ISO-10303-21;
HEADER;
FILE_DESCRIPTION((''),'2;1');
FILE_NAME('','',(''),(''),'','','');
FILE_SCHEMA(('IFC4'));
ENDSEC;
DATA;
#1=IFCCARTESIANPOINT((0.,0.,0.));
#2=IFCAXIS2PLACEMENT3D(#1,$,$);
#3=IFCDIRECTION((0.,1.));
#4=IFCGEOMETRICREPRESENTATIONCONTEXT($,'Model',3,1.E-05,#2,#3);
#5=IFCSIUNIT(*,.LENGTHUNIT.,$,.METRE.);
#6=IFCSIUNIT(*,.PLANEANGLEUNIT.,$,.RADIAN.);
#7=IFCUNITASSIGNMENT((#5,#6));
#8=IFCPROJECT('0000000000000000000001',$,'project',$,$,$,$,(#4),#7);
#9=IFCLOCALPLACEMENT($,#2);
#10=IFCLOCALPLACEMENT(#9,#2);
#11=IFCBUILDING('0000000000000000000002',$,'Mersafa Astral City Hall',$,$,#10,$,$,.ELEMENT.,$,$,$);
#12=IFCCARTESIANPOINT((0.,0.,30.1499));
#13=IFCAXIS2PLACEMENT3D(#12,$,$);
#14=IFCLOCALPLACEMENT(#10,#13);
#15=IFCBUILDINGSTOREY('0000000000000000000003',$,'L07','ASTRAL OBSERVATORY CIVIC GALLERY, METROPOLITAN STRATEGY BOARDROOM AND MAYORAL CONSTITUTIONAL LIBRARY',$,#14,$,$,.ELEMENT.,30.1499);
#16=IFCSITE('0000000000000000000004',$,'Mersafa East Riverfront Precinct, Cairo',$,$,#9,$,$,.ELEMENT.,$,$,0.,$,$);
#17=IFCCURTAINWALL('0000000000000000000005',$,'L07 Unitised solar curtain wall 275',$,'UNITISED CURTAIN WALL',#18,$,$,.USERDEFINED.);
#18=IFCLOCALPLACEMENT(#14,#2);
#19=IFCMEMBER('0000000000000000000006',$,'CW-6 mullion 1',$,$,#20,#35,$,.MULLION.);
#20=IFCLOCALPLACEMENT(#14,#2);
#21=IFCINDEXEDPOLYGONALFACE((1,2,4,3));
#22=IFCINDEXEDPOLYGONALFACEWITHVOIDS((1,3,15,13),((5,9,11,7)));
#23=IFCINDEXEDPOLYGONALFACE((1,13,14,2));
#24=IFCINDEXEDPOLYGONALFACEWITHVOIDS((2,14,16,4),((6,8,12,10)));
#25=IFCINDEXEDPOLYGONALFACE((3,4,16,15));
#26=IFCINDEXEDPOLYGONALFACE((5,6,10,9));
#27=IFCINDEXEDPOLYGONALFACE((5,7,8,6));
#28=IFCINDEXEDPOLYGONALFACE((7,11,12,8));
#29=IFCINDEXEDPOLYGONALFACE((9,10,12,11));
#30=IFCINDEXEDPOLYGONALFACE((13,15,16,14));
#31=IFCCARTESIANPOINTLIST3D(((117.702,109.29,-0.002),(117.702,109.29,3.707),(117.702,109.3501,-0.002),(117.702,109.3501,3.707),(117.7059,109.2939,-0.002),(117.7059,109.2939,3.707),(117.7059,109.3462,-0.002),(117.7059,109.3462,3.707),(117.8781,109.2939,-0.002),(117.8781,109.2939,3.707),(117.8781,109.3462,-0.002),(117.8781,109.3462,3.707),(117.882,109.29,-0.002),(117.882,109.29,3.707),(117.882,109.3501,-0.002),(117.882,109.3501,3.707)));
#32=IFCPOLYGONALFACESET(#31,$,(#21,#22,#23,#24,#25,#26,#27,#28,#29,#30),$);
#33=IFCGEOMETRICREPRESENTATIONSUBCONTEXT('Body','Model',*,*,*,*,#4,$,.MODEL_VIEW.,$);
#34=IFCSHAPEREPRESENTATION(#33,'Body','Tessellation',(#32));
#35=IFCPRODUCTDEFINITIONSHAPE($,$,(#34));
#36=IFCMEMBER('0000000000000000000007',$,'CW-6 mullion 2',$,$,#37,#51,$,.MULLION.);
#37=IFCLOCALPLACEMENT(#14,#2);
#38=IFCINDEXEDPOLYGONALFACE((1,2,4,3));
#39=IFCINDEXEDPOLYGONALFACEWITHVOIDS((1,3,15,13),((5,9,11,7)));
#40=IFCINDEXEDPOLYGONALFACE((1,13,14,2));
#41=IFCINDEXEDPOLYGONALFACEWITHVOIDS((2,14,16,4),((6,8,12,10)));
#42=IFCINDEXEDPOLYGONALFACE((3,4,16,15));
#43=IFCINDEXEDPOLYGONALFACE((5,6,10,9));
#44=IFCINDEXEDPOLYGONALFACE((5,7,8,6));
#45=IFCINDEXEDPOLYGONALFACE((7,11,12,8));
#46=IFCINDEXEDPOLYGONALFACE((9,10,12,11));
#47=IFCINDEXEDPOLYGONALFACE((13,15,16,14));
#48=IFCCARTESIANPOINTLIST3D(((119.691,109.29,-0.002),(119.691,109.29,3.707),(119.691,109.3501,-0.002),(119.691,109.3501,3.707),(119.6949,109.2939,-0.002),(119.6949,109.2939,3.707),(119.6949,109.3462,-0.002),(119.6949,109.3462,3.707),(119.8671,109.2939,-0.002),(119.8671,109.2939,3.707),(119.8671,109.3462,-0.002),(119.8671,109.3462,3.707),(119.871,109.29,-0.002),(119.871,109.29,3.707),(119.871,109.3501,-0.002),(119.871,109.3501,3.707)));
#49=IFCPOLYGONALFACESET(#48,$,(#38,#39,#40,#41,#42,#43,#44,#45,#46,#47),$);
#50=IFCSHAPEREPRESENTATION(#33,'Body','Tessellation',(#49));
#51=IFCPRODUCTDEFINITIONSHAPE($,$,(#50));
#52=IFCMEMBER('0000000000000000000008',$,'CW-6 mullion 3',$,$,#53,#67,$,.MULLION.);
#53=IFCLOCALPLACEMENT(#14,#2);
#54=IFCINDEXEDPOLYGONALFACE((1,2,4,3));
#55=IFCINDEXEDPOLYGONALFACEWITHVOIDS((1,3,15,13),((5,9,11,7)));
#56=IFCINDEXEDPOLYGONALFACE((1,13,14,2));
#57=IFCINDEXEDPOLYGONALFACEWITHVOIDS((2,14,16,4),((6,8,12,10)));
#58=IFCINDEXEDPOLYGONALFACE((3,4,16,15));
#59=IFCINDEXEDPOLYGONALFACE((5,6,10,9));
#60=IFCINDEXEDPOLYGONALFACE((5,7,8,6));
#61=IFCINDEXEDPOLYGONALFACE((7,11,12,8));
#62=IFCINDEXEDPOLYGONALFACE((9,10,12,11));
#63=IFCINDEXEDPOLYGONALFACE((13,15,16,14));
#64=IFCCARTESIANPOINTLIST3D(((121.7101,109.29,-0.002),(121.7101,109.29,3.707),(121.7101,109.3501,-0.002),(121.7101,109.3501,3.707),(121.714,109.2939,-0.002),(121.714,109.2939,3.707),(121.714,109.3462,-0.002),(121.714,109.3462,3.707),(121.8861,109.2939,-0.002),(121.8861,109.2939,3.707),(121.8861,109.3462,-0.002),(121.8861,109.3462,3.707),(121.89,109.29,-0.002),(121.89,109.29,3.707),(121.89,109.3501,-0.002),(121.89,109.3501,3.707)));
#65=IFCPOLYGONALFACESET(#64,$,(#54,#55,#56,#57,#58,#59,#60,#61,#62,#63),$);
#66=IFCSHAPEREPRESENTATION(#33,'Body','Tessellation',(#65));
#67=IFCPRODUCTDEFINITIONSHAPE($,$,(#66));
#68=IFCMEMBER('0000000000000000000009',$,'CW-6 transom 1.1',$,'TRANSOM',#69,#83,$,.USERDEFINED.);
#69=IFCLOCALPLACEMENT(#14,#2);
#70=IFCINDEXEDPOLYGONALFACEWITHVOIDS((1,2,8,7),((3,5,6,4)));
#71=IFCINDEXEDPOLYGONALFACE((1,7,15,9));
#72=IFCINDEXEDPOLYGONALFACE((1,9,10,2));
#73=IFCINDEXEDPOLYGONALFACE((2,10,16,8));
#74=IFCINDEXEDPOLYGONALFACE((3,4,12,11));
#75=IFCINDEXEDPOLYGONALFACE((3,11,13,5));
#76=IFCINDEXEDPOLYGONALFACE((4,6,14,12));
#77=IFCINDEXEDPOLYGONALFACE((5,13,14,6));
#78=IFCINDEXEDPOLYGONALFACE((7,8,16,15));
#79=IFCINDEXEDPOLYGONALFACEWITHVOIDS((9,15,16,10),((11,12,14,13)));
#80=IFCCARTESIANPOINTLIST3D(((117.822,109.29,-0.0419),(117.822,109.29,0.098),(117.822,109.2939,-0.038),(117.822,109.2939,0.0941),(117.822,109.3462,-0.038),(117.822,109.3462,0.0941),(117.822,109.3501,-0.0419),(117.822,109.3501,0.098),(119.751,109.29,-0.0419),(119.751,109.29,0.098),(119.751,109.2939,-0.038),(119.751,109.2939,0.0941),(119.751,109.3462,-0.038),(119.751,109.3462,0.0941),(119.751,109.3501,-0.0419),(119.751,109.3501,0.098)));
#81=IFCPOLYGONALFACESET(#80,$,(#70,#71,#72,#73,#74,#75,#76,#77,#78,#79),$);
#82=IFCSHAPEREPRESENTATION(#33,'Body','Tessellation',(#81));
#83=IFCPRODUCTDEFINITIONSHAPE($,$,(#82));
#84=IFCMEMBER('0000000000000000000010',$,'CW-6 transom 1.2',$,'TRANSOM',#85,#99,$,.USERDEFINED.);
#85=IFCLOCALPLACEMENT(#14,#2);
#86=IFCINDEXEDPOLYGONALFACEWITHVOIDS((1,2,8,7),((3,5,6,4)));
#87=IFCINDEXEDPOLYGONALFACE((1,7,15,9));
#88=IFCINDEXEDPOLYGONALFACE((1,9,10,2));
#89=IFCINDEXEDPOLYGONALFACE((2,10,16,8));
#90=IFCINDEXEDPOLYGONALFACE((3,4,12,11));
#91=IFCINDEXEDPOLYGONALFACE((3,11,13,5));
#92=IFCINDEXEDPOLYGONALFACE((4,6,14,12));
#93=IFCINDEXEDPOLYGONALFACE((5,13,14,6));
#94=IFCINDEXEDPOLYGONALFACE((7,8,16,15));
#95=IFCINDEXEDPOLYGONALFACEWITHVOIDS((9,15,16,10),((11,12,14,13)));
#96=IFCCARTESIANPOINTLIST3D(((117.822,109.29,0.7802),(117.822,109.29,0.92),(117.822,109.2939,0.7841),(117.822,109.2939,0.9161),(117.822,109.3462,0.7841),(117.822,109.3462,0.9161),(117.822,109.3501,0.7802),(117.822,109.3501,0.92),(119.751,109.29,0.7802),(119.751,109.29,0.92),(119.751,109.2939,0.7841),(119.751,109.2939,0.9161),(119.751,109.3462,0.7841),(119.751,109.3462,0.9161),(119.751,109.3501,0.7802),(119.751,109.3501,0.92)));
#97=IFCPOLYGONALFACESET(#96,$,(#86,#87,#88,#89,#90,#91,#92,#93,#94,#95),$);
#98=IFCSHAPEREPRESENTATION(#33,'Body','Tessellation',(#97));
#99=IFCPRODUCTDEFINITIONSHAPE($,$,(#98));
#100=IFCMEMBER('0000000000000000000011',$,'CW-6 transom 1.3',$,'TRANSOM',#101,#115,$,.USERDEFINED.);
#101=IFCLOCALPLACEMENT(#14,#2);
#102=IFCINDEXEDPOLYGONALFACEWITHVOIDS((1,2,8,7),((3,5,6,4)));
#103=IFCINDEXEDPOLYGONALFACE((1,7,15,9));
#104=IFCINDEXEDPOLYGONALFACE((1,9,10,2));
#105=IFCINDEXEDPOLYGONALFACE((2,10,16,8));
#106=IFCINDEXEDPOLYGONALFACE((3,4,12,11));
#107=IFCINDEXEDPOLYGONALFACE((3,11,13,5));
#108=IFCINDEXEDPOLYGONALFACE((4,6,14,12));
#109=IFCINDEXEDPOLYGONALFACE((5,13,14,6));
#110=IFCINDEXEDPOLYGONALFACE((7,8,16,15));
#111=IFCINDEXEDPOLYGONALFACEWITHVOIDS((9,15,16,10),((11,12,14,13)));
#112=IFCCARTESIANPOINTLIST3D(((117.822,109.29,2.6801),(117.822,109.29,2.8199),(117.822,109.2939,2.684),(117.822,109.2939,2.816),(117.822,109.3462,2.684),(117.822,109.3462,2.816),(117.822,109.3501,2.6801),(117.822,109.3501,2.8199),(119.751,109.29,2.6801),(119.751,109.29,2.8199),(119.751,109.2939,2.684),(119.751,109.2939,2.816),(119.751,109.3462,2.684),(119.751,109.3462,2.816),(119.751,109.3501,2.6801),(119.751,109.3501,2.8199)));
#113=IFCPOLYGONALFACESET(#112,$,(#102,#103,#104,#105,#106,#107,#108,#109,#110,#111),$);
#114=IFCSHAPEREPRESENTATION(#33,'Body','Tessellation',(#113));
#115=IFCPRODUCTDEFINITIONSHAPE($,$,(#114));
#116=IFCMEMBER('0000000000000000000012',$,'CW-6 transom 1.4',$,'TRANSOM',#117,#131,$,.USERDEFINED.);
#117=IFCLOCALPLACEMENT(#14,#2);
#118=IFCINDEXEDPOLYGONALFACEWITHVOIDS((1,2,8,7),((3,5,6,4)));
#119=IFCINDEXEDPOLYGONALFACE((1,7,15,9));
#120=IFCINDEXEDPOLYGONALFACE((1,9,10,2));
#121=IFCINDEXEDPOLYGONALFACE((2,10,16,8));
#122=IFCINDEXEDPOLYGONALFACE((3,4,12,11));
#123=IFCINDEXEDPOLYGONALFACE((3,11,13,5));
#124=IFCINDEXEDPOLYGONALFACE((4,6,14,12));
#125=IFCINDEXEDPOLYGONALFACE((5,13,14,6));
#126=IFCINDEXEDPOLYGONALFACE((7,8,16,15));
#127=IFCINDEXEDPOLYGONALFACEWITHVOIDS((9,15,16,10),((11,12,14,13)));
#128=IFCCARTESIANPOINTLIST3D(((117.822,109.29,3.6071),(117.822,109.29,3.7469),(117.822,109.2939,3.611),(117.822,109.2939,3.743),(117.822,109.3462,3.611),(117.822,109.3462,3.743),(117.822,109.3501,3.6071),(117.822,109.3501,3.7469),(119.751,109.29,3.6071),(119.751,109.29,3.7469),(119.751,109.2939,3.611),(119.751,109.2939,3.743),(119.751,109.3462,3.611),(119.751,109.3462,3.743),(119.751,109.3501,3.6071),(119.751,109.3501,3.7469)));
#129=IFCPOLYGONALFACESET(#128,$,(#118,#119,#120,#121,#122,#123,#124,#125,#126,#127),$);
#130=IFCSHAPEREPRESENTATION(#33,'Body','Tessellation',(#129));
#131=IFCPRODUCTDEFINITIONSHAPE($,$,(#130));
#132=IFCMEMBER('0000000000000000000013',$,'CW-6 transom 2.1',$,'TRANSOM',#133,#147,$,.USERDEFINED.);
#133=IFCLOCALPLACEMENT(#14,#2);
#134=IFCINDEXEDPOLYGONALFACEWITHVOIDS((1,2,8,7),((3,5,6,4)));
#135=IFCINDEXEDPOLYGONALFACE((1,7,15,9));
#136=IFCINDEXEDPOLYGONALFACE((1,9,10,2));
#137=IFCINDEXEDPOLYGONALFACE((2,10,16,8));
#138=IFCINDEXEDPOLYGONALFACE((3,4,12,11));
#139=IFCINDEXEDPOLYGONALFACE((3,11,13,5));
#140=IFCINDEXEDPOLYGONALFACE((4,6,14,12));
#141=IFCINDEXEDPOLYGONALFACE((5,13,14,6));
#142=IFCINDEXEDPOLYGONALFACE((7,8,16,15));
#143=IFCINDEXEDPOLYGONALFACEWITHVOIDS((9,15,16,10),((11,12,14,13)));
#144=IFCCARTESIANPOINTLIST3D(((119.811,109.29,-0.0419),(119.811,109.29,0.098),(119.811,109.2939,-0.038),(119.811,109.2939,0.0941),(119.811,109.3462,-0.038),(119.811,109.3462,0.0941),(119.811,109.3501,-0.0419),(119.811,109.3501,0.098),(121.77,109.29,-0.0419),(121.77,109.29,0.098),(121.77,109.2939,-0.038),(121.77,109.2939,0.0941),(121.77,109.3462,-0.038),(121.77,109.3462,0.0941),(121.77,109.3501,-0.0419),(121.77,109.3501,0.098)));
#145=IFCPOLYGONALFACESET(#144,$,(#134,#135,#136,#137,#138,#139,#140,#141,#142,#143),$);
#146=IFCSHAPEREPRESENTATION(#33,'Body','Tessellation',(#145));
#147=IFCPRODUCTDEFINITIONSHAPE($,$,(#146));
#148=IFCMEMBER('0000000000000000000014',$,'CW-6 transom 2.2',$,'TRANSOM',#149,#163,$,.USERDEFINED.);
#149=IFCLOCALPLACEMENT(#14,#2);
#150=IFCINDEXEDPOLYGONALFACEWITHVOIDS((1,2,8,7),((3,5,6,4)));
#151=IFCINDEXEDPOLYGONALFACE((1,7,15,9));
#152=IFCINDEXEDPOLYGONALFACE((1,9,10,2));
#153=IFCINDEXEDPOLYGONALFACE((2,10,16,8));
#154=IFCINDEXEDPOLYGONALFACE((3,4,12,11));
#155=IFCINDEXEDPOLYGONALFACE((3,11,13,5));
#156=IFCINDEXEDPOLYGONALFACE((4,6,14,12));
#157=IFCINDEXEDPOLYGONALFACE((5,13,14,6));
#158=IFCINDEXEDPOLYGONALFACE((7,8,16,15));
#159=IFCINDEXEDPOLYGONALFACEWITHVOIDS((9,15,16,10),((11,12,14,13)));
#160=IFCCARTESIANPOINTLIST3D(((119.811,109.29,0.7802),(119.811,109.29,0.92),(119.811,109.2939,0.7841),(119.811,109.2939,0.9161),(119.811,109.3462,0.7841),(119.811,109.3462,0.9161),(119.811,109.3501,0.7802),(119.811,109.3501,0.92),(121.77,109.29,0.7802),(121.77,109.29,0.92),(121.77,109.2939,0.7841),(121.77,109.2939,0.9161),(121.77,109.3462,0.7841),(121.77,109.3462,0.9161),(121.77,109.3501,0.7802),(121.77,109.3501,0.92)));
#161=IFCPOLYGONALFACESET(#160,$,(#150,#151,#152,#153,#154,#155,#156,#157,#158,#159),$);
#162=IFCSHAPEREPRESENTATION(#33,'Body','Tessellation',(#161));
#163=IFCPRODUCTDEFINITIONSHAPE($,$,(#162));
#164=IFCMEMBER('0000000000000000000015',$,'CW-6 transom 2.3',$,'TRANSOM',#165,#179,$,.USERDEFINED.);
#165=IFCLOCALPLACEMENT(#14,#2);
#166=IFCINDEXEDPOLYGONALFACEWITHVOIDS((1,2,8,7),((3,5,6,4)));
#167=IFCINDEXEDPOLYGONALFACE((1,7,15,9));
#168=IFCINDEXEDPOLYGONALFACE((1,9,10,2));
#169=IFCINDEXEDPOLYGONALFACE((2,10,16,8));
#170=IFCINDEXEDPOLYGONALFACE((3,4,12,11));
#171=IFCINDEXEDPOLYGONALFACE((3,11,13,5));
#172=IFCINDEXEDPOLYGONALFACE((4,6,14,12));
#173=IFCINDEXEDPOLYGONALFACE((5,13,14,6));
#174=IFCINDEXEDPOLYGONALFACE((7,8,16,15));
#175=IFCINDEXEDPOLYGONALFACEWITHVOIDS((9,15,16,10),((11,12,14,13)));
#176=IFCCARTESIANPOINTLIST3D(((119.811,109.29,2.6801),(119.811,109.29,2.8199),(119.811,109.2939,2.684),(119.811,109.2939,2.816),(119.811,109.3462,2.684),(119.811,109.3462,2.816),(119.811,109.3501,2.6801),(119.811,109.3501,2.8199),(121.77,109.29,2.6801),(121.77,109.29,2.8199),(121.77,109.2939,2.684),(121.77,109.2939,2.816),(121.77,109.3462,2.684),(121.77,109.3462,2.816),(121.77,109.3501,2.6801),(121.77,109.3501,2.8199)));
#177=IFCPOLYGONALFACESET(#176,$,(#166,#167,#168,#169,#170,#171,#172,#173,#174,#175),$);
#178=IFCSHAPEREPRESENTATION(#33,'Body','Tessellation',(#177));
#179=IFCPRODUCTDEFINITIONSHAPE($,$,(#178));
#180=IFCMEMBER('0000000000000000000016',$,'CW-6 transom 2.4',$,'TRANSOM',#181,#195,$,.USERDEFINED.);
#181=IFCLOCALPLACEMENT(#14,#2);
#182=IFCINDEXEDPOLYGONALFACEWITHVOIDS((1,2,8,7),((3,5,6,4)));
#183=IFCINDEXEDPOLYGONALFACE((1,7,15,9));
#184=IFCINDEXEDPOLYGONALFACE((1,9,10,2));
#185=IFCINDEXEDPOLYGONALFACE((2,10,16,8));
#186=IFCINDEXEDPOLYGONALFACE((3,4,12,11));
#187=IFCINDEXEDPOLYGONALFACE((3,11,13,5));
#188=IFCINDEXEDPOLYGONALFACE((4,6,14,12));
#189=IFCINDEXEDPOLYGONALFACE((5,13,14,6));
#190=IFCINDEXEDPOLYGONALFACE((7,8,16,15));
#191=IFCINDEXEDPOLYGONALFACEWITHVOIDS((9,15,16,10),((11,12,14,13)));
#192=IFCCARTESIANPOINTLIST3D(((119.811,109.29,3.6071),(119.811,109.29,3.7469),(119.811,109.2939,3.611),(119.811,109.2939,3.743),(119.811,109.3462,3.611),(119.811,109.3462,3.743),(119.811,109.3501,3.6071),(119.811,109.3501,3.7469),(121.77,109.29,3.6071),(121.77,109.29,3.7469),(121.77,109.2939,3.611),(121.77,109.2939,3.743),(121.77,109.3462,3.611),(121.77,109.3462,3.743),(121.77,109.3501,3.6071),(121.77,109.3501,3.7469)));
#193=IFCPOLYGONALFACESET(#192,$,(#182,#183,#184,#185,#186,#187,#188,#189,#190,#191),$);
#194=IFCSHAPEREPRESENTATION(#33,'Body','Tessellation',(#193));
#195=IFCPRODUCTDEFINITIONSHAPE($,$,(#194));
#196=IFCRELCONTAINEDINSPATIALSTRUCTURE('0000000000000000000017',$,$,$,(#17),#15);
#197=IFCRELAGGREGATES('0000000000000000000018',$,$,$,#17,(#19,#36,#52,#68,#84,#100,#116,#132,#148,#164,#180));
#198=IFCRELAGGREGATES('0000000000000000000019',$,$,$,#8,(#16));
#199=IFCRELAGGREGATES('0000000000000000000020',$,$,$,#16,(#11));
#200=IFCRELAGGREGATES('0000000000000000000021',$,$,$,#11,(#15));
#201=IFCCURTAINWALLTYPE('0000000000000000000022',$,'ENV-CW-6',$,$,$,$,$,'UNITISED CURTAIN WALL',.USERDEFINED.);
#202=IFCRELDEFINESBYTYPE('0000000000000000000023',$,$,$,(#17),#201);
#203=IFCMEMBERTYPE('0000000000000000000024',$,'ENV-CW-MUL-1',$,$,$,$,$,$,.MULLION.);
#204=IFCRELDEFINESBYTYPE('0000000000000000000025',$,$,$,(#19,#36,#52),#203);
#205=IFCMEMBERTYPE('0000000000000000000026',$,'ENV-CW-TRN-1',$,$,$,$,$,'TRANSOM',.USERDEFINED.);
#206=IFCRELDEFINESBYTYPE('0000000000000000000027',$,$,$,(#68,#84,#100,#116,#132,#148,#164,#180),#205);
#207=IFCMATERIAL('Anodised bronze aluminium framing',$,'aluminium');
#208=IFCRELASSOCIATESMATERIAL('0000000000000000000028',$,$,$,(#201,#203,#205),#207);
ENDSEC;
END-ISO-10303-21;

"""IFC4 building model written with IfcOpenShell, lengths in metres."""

from ifc_helpers import new_model, si_unit, direction, frame, origin, origin_2d, place, context, subcontext, project, spatial, hollow_rectangle, extrude, material, material_profile, profile_set, type_object, element, aggregate, save


model = new_model("IFC4")

# Units and contexts
model_context = context("Model", 3, precision=1e-05, world=origin(), true_north=direction((0.0, 1.0)))
body_context = subcontext(model_context, "Body", "Model", "MODEL_VIEW")
ifc_project = project(units=[si_unit("LENGTHUNIT", "METRE"), si_unit("PLANEANGLEUNIT", "RADIAN")], contexts=[model_context])

# Site, building, storey
site_placement = place(None, origin())
site = spatial("IfcSite", under=ifc_project, at=site_placement, Name="Mersafa East Riverfront Precinct, Cairo", CompositionType="ELEMENT", RefElevation=0.0)
building_placement = place(site_placement, origin())
building = spatial("IfcBuilding", under=site, at=building_placement, Name="Mersafa Astral City Hall", CompositionType="ELEMENT")
storey_placement = place(building_placement, frame((0.0, 0.0, 30.1499)))
storey = spatial("IfcBuildingStorey", under=building, at=storey_placement, Name="L07", Description="ASTRAL OBSERVATORY CIVIC GALLERY, METROPOLITAN STRATEGY BOARDROOM AND MAYORAL CONSTITUTIONAL LIBRARY", CompositionType="ELEMENT", Elevation=30.1499)

# Curtain wall, members
ifc_material_1 = material(Name="Anodised bronze aluminium framing", Category="aluminium")
curtain_wall_type = type_object("IfcCurtainWallType", Name="ENV-CW-6", ElementType="UNITISED CURTAIN WALL", PredefinedType="USERDEFINED", material=ifc_material_1)
curtain_wall_placement = place(storey_placement, origin())
curtain_wall = element("IfcCurtainWall", 1, at=curtain_wall_placement, inside=storey, type_object=curtain_wall_type, Name="L07 Unitised solar curtain wall 275", ObjectType="UNITISED CURTAIN WALL", PredefinedType="USERDEFINED")
ifc_material_profile_1 = material_profile(ifc_material_1, hollow_rectangle(XDim=0.0601, YDim=0.1799, WallThickness=0.0039, at=origin_2d()), Name="RHS 60x180x4")
ifc_profile_set_1 = profile_set([ifc_material_profile_1], Name="Anodised bronze aluminium framing")
member_type_1 = type_object("IfcMemberType", Name="ENV-CW-MUL-1", PredefinedType="MULLION", material=ifc_profile_set_1)
member_1_placement = place(storey_placement, frame((117.792, 109.3201, -0.002), z_axis=(0.0, 0.0, 1.0), x_axis=(0.0, 1.0, 0.0)))
member_1 = element("IfcMember", 2, at=member_1_placement, type_object=member_type_1, Name="CW-6 mullion 1", PredefinedType="MULLION", context=body_context, shape_type="SweptSolid", body=[
    extrude(hollow_rectangle(XDim=0.0601, YDim=0.1799, WallThickness=0.0039, at=origin_2d()), origin(), (0.0, 0.0, 1.0), 3.709),
])
member_2_placement = place(storey_placement, frame((119.781, 109.3201, -0.002), z_axis=(0.0, 0.0, 1.0), x_axis=(0.0, 1.0, 0.0)))
member_2 = element("IfcMember", 3, at=member_2_placement, type_object=member_type_1, Name="CW-6 mullion 2", PredefinedType="MULLION", context=body_context, shape_type="SweptSolid", body=[
    extrude(hollow_rectangle(XDim=0.0601, YDim=0.1799, WallThickness=0.0039, at=origin_2d()), origin(), (0.0, 0.0, 1.0), 3.709),
])
member_3_placement = place(storey_placement, frame((121.8, 109.3201, -0.002), z_axis=(0.0, 0.0, 1.0), x_axis=(0.0, 1.0, 0.0)))
member_3 = element("IfcMember", 4, at=member_3_placement, type_object=member_type_1, Name="CW-6 mullion 3", PredefinedType="MULLION", context=body_context, shape_type="SweptSolid", body=[
    extrude(hollow_rectangle(XDim=0.0601, YDim=0.1799, WallThickness=0.0039, at=origin_2d()), origin(), (0.0, 0.0, 1.0), 3.709),
])
ifc_material_profile_2 = material_profile(ifc_material_1, hollow_rectangle(XDim=0.0601, YDim=0.1399, WallThickness=0.0039, at=origin_2d()), Name="RHS 60x140x4")
ifc_profile_set_2 = profile_set([ifc_material_profile_2], Name="Anodised bronze aluminium framing")
member_type_2 = type_object("IfcMemberType", Name="ENV-CW-TRN-1", ElementType="TRANSOM", PredefinedType="USERDEFINED", material=ifc_profile_set_2)
member_4_placement = place(storey_placement, frame((117.822, 109.3201, 0.0281), z_axis=(1.0, 0.0, 0.0), x_axis=(0.0, 1.0, 0.0)))
member_4 = element("IfcMember", 5, at=member_4_placement, type_object=member_type_2, Name="CW-6 transom 1.1", ObjectType="TRANSOM", PredefinedType="USERDEFINED", context=body_context, shape_type="SweptSolid", body=[
    extrude(hollow_rectangle(XDim=0.0601, YDim=0.1399, WallThickness=0.0039, at=origin_2d()), origin(), (0.0, 0.0, 1.0), 1.929),
])
member_5_placement = place(storey_placement, frame((117.822, 109.3201, 0.8501), z_axis=(1.0, 0.0, 0.0), x_axis=(0.0, 1.0, 0.0)))
member_5 = element("IfcMember", 6, at=member_5_placement, type_object=member_type_2, Name="CW-6 transom 1.2", ObjectType="TRANSOM", PredefinedType="USERDEFINED", context=body_context, shape_type="SweptSolid", body=[
    extrude(hollow_rectangle(XDim=0.0601, YDim=0.1399, WallThickness=0.0039, at=origin_2d()), origin(), (0.0, 0.0, 1.0), 1.929),
])
member_6_placement = place(storey_placement, frame((117.822, 109.3201, 2.75), z_axis=(1.0, 0.0, 0.0), x_axis=(0.0, 1.0, 0.0)))
member_6 = element("IfcMember", 7, at=member_6_placement, type_object=member_type_2, Name="CW-6 transom 1.3", ObjectType="TRANSOM", PredefinedType="USERDEFINED", context=body_context, shape_type="SweptSolid", body=[
    extrude(hollow_rectangle(XDim=0.0601, YDim=0.1399, WallThickness=0.0039, at=origin_2d()), origin(), (0.0, 0.0, 1.0), 1.929),
])
member_7_placement = place(storey_placement, frame((117.822, 109.3201, 3.677), z_axis=(1.0, 0.0, 0.0), x_axis=(0.0, 1.0, 0.0)))
member_7 = element("IfcMember", 8, at=member_7_placement, type_object=member_type_2, Name="CW-6 transom 1.4", ObjectType="TRANSOM", PredefinedType="USERDEFINED", context=body_context, shape_type="SweptSolid", body=[
    extrude(hollow_rectangle(XDim=0.0601, YDim=0.1399, WallThickness=0.0039, at=origin_2d()), origin(), (0.0, 0.0, 1.0), 1.929),
])
member_8_placement = place(storey_placement, frame((119.811, 109.3201, 0.0281), z_axis=(1.0, 0.0, 0.0), x_axis=(0.0, 1.0, 0.0)))
member_8 = element("IfcMember", 9, at=member_8_placement, type_object=member_type_2, Name="CW-6 transom 2.1", ObjectType="TRANSOM", PredefinedType="USERDEFINED", context=body_context, shape_type="SweptSolid", body=[
    extrude(hollow_rectangle(XDim=0.0601, YDim=0.1399, WallThickness=0.0039, at=origin_2d()), origin(), (0.0, 0.0, 1.0), 1.959),
])
member_9_placement = place(storey_placement, frame((119.811, 109.3201, 0.8501), z_axis=(1.0, 0.0, 0.0), x_axis=(0.0, 1.0, 0.0)))
member_9 = element("IfcMember", 10, at=member_9_placement, type_object=member_type_2, Name="CW-6 transom 2.2", ObjectType="TRANSOM", PredefinedType="USERDEFINED", context=body_context, shape_type="SweptSolid", body=[
    extrude(hollow_rectangle(XDim=0.0601, YDim=0.1399, WallThickness=0.0039, at=origin_2d()), origin(), (0.0, 0.0, 1.0), 1.959),
])
member_10_placement = place(storey_placement, frame((119.811, 109.3201, 2.75), z_axis=(1.0, 0.0, 0.0), x_axis=(0.0, 1.0, 0.0)))
member_10 = element("IfcMember", 11, at=member_10_placement, type_object=member_type_2, Name="CW-6 transom 2.3", ObjectType="TRANSOM", PredefinedType="USERDEFINED", context=body_context, shape_type="SweptSolid", body=[
    extrude(hollow_rectangle(XDim=0.0601, YDim=0.1399, WallThickness=0.0039, at=origin_2d()), origin(), (0.0, 0.0, 1.0), 1.959),
])
member_11_placement = place(storey_placement, frame((119.811, 109.3201, 3.677), z_axis=(1.0, 0.0, 0.0), x_axis=(0.0, 1.0, 0.0)))
member_11 = element("IfcMember", 12, at=member_11_placement, type_object=member_type_2, Name="CW-6 transom 2.4", ObjectType="TRANSOM", PredefinedType="USERDEFINED", context=body_context, shape_type="SweptSolid", body=[
    extrude(hollow_rectangle(XDim=0.0601, YDim=0.1399, WallThickness=0.0039, at=origin_2d()), origin(), (0.0, 0.0, 1.0), 1.959),
])

aggregate(curtain_wall, [member_1, member_2, member_3, member_4, member_5, member_6, member_7, member_8, member_9, member_10, member_11])

save(model, "model.ifc")
